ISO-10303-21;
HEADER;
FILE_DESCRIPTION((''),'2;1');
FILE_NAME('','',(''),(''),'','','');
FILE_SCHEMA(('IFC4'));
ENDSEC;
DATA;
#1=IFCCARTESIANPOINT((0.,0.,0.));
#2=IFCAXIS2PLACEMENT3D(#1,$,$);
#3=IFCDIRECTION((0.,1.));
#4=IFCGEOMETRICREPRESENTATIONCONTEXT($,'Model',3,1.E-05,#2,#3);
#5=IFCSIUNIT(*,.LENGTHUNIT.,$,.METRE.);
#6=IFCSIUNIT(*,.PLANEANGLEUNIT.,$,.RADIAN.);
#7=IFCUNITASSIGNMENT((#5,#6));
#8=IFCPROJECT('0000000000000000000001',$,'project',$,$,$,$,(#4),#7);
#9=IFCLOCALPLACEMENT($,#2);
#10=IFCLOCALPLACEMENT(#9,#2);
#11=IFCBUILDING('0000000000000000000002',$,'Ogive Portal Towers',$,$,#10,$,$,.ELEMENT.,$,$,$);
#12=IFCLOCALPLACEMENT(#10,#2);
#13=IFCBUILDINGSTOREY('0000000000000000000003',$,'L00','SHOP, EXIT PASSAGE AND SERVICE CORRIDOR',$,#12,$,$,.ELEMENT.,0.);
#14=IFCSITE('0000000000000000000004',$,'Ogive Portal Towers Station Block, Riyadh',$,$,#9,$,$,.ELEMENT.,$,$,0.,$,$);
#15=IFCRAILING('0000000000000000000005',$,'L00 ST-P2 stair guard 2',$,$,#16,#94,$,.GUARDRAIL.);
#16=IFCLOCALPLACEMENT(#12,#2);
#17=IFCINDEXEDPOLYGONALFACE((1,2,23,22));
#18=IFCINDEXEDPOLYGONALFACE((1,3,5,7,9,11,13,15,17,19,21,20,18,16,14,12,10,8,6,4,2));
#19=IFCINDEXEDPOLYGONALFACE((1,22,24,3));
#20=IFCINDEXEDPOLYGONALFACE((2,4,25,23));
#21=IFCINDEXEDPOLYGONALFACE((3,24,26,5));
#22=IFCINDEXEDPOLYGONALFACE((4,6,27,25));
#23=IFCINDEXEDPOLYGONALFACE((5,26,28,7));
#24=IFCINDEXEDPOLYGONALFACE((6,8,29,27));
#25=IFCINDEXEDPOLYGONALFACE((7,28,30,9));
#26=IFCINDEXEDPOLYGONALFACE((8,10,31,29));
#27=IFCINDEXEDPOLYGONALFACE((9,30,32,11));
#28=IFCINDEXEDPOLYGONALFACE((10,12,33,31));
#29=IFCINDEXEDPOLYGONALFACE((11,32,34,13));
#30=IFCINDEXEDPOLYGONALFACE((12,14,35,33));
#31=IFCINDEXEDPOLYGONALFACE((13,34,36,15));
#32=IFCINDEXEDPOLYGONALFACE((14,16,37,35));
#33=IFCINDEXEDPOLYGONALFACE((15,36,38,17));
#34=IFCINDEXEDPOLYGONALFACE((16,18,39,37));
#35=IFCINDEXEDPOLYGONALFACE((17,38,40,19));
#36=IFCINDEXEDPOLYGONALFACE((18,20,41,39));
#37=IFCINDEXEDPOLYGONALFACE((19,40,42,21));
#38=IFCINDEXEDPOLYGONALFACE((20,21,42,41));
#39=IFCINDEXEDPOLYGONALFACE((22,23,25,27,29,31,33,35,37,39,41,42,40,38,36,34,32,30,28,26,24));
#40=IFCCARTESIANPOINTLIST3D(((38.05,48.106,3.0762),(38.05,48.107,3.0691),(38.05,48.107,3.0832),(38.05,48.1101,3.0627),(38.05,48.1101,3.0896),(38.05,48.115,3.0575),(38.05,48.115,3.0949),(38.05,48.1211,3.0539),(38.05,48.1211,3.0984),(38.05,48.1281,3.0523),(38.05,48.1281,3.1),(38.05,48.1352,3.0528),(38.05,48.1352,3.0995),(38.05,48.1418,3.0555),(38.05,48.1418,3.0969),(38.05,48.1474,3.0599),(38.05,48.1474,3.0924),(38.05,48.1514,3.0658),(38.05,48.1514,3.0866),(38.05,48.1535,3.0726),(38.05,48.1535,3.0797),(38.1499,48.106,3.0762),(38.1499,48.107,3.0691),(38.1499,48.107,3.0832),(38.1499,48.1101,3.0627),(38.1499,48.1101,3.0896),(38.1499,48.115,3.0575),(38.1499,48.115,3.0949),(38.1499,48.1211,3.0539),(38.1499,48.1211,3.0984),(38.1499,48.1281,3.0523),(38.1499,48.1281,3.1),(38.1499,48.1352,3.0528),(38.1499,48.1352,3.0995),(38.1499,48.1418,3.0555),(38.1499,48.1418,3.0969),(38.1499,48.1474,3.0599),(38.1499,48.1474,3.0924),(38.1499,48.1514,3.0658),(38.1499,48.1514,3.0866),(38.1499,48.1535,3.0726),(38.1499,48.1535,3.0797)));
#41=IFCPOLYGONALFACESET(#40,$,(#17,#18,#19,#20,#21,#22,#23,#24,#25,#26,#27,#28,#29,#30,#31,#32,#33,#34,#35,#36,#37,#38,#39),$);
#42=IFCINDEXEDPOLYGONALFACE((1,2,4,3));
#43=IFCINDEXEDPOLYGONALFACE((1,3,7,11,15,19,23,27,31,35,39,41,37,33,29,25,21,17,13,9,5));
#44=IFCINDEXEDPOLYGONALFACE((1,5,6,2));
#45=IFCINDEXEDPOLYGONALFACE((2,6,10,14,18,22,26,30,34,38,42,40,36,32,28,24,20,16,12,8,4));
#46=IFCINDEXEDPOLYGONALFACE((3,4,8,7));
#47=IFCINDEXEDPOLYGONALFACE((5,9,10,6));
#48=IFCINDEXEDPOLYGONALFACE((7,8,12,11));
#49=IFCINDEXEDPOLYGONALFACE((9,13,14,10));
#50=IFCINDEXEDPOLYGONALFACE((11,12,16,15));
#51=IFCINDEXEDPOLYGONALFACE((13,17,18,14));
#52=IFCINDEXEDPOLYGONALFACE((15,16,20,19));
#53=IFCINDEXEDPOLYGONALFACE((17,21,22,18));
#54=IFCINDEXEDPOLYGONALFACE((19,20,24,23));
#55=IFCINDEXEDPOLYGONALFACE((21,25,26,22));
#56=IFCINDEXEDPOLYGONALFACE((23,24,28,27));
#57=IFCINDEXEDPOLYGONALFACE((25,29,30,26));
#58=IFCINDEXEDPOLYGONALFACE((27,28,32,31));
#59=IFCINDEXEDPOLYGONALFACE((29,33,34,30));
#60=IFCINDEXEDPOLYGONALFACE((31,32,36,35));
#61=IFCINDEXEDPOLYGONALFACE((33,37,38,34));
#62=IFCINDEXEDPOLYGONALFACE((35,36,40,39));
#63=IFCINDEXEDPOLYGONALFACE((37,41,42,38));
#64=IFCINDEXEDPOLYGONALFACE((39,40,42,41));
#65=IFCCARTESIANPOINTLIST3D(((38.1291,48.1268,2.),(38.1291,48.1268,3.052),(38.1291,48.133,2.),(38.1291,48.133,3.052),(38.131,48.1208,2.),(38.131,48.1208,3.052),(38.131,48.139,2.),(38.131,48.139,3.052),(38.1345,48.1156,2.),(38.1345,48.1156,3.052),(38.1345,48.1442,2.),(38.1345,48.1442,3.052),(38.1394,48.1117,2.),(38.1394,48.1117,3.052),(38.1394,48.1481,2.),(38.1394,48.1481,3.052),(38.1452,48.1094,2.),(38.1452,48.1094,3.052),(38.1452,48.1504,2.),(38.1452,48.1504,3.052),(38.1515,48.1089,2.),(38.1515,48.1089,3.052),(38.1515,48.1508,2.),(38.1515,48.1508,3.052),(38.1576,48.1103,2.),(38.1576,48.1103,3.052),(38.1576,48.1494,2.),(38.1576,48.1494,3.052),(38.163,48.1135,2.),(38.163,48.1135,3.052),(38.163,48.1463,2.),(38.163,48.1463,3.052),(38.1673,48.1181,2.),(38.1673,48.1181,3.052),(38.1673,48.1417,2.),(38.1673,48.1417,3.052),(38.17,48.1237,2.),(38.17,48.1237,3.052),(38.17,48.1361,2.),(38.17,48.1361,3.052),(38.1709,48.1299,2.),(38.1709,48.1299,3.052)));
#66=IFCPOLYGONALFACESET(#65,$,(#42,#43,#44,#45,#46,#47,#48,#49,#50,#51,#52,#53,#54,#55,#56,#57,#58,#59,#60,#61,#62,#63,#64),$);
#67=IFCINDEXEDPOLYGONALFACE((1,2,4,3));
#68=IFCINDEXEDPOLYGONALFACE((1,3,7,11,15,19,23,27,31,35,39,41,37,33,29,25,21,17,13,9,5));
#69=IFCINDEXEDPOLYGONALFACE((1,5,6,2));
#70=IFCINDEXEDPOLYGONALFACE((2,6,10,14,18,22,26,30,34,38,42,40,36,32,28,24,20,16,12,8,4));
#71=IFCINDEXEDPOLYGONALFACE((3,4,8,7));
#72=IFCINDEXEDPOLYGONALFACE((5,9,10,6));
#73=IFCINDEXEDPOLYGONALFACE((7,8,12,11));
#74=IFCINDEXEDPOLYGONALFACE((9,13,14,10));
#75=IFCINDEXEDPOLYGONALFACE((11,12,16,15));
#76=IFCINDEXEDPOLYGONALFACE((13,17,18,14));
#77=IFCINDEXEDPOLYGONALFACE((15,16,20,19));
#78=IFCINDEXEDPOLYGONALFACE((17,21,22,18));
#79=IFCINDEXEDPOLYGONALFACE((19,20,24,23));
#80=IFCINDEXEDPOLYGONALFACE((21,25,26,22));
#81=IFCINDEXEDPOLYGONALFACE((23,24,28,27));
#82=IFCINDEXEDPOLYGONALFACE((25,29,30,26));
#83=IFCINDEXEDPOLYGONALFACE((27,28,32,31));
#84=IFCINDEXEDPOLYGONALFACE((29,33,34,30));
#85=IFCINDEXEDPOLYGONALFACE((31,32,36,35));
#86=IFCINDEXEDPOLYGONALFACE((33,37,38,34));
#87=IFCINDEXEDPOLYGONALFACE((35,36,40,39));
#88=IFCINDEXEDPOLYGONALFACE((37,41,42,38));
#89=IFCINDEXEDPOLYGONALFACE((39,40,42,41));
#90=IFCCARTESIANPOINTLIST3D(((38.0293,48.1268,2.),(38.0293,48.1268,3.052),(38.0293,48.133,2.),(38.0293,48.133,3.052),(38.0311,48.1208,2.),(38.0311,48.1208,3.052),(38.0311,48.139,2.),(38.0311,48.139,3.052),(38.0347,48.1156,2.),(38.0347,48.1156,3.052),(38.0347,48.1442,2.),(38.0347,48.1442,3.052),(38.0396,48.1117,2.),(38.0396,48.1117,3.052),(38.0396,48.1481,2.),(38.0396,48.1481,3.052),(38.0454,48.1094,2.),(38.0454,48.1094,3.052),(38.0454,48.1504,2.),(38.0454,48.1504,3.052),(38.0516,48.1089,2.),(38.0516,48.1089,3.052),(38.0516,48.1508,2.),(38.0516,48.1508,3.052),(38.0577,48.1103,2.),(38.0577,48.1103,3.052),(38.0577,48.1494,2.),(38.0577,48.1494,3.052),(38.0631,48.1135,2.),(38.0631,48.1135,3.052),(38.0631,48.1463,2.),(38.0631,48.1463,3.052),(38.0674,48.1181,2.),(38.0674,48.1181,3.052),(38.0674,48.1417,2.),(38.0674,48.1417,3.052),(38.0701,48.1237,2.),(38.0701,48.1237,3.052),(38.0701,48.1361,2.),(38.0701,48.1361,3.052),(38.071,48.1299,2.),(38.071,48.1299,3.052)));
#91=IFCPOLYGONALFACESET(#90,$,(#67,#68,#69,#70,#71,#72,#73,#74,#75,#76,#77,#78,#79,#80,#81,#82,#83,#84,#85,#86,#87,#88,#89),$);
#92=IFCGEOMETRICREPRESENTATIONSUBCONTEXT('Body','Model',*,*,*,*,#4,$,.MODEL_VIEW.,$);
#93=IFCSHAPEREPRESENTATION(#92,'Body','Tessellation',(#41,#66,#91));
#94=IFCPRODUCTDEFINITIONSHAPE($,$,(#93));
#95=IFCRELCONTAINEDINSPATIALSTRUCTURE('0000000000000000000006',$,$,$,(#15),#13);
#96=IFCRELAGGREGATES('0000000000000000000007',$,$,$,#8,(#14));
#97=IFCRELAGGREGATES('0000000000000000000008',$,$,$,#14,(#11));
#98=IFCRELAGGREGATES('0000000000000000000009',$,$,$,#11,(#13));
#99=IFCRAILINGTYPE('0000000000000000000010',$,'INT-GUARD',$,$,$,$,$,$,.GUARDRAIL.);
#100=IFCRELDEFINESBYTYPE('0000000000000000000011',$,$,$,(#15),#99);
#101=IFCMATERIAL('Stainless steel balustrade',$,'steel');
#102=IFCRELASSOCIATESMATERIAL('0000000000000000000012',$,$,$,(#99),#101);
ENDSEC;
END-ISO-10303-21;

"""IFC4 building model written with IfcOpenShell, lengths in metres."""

from ifc_helpers import new_model, si_unit, direction, frame, origin, origin_2d, place, context, subcontext, project, spatial, circle, extrude, material, type_object, element, save


model = new_model("IFC4")

# Units and contexts
model_context = context("Model", 3, precision=1e-05, world=origin(), true_north=direction((0.0, 1.0)))
body_context = subcontext(model_context, "Body", "Model", "MODEL_VIEW")
ifc_project = project(units=[si_unit("LENGTHUNIT", "METRE"), si_unit("PLANEANGLEUNIT", "RADIAN")], contexts=[model_context])

# Site, building, storey
site_placement = place(None, origin())
site = spatial("IfcSite", under=ifc_project, at=site_placement, Name="Ogive Portal Towers Station Block, Riyadh", CompositionType="ELEMENT", RefElevation=0.0)
building_placement = place(site_placement, origin())
building = spatial("IfcBuilding", under=site, at=building_placement, Name="Ogive Portal Towers", CompositionType="ELEMENT")
storey_placement = place(building_placement, origin())
storey = spatial("IfcBuildingStorey", under=building, at=storey_placement, Name="L00", Description="SHOP, EXIT PASSAGE AND SERVICE CORRIDOR", CompositionType="ELEMENT", Elevation=0.0)

# Railing
ifc_material_1 = material(Name="Stainless steel balustrade", Category="steel")
railing_type_1 = type_object("IfcRailingType", Name="INT-GUARD", PredefinedType="GUARDRAIL", material=ifc_material_1)
railing_1_placement = place(storey_placement, frame((38.1499, 48.1299, 2.0)))
element("IfcRailing", 1, at=railing_1_placement, inside=storey, type_object=railing_type_1, Name="L00 ST-P2 stair guard 2", PredefinedType="GUARDRAIL", context=body_context, shape_type="SweptSolid", body=[
    extrude(circle(Radius=0.0239, at=origin_2d()), frame((0.0, 0.0, 1.0762), z_axis=(-1.0, 0.0, 0.0), x_axis=(0.0, -1.0, 0.0)), (0.0, 0.0, 1.0), 0.0999),
    extrude(circle(Radius=0.021, at=origin_2d()), origin(), (0.0, 0.0, 1.0), 1.052),
    extrude(circle(Radius=0.021, at=origin_2d()), frame((-0.0999, 0.0, 0.0)), (0.0, 0.0, 1.0), 1.052),
])

save(model, "model.ifc")
